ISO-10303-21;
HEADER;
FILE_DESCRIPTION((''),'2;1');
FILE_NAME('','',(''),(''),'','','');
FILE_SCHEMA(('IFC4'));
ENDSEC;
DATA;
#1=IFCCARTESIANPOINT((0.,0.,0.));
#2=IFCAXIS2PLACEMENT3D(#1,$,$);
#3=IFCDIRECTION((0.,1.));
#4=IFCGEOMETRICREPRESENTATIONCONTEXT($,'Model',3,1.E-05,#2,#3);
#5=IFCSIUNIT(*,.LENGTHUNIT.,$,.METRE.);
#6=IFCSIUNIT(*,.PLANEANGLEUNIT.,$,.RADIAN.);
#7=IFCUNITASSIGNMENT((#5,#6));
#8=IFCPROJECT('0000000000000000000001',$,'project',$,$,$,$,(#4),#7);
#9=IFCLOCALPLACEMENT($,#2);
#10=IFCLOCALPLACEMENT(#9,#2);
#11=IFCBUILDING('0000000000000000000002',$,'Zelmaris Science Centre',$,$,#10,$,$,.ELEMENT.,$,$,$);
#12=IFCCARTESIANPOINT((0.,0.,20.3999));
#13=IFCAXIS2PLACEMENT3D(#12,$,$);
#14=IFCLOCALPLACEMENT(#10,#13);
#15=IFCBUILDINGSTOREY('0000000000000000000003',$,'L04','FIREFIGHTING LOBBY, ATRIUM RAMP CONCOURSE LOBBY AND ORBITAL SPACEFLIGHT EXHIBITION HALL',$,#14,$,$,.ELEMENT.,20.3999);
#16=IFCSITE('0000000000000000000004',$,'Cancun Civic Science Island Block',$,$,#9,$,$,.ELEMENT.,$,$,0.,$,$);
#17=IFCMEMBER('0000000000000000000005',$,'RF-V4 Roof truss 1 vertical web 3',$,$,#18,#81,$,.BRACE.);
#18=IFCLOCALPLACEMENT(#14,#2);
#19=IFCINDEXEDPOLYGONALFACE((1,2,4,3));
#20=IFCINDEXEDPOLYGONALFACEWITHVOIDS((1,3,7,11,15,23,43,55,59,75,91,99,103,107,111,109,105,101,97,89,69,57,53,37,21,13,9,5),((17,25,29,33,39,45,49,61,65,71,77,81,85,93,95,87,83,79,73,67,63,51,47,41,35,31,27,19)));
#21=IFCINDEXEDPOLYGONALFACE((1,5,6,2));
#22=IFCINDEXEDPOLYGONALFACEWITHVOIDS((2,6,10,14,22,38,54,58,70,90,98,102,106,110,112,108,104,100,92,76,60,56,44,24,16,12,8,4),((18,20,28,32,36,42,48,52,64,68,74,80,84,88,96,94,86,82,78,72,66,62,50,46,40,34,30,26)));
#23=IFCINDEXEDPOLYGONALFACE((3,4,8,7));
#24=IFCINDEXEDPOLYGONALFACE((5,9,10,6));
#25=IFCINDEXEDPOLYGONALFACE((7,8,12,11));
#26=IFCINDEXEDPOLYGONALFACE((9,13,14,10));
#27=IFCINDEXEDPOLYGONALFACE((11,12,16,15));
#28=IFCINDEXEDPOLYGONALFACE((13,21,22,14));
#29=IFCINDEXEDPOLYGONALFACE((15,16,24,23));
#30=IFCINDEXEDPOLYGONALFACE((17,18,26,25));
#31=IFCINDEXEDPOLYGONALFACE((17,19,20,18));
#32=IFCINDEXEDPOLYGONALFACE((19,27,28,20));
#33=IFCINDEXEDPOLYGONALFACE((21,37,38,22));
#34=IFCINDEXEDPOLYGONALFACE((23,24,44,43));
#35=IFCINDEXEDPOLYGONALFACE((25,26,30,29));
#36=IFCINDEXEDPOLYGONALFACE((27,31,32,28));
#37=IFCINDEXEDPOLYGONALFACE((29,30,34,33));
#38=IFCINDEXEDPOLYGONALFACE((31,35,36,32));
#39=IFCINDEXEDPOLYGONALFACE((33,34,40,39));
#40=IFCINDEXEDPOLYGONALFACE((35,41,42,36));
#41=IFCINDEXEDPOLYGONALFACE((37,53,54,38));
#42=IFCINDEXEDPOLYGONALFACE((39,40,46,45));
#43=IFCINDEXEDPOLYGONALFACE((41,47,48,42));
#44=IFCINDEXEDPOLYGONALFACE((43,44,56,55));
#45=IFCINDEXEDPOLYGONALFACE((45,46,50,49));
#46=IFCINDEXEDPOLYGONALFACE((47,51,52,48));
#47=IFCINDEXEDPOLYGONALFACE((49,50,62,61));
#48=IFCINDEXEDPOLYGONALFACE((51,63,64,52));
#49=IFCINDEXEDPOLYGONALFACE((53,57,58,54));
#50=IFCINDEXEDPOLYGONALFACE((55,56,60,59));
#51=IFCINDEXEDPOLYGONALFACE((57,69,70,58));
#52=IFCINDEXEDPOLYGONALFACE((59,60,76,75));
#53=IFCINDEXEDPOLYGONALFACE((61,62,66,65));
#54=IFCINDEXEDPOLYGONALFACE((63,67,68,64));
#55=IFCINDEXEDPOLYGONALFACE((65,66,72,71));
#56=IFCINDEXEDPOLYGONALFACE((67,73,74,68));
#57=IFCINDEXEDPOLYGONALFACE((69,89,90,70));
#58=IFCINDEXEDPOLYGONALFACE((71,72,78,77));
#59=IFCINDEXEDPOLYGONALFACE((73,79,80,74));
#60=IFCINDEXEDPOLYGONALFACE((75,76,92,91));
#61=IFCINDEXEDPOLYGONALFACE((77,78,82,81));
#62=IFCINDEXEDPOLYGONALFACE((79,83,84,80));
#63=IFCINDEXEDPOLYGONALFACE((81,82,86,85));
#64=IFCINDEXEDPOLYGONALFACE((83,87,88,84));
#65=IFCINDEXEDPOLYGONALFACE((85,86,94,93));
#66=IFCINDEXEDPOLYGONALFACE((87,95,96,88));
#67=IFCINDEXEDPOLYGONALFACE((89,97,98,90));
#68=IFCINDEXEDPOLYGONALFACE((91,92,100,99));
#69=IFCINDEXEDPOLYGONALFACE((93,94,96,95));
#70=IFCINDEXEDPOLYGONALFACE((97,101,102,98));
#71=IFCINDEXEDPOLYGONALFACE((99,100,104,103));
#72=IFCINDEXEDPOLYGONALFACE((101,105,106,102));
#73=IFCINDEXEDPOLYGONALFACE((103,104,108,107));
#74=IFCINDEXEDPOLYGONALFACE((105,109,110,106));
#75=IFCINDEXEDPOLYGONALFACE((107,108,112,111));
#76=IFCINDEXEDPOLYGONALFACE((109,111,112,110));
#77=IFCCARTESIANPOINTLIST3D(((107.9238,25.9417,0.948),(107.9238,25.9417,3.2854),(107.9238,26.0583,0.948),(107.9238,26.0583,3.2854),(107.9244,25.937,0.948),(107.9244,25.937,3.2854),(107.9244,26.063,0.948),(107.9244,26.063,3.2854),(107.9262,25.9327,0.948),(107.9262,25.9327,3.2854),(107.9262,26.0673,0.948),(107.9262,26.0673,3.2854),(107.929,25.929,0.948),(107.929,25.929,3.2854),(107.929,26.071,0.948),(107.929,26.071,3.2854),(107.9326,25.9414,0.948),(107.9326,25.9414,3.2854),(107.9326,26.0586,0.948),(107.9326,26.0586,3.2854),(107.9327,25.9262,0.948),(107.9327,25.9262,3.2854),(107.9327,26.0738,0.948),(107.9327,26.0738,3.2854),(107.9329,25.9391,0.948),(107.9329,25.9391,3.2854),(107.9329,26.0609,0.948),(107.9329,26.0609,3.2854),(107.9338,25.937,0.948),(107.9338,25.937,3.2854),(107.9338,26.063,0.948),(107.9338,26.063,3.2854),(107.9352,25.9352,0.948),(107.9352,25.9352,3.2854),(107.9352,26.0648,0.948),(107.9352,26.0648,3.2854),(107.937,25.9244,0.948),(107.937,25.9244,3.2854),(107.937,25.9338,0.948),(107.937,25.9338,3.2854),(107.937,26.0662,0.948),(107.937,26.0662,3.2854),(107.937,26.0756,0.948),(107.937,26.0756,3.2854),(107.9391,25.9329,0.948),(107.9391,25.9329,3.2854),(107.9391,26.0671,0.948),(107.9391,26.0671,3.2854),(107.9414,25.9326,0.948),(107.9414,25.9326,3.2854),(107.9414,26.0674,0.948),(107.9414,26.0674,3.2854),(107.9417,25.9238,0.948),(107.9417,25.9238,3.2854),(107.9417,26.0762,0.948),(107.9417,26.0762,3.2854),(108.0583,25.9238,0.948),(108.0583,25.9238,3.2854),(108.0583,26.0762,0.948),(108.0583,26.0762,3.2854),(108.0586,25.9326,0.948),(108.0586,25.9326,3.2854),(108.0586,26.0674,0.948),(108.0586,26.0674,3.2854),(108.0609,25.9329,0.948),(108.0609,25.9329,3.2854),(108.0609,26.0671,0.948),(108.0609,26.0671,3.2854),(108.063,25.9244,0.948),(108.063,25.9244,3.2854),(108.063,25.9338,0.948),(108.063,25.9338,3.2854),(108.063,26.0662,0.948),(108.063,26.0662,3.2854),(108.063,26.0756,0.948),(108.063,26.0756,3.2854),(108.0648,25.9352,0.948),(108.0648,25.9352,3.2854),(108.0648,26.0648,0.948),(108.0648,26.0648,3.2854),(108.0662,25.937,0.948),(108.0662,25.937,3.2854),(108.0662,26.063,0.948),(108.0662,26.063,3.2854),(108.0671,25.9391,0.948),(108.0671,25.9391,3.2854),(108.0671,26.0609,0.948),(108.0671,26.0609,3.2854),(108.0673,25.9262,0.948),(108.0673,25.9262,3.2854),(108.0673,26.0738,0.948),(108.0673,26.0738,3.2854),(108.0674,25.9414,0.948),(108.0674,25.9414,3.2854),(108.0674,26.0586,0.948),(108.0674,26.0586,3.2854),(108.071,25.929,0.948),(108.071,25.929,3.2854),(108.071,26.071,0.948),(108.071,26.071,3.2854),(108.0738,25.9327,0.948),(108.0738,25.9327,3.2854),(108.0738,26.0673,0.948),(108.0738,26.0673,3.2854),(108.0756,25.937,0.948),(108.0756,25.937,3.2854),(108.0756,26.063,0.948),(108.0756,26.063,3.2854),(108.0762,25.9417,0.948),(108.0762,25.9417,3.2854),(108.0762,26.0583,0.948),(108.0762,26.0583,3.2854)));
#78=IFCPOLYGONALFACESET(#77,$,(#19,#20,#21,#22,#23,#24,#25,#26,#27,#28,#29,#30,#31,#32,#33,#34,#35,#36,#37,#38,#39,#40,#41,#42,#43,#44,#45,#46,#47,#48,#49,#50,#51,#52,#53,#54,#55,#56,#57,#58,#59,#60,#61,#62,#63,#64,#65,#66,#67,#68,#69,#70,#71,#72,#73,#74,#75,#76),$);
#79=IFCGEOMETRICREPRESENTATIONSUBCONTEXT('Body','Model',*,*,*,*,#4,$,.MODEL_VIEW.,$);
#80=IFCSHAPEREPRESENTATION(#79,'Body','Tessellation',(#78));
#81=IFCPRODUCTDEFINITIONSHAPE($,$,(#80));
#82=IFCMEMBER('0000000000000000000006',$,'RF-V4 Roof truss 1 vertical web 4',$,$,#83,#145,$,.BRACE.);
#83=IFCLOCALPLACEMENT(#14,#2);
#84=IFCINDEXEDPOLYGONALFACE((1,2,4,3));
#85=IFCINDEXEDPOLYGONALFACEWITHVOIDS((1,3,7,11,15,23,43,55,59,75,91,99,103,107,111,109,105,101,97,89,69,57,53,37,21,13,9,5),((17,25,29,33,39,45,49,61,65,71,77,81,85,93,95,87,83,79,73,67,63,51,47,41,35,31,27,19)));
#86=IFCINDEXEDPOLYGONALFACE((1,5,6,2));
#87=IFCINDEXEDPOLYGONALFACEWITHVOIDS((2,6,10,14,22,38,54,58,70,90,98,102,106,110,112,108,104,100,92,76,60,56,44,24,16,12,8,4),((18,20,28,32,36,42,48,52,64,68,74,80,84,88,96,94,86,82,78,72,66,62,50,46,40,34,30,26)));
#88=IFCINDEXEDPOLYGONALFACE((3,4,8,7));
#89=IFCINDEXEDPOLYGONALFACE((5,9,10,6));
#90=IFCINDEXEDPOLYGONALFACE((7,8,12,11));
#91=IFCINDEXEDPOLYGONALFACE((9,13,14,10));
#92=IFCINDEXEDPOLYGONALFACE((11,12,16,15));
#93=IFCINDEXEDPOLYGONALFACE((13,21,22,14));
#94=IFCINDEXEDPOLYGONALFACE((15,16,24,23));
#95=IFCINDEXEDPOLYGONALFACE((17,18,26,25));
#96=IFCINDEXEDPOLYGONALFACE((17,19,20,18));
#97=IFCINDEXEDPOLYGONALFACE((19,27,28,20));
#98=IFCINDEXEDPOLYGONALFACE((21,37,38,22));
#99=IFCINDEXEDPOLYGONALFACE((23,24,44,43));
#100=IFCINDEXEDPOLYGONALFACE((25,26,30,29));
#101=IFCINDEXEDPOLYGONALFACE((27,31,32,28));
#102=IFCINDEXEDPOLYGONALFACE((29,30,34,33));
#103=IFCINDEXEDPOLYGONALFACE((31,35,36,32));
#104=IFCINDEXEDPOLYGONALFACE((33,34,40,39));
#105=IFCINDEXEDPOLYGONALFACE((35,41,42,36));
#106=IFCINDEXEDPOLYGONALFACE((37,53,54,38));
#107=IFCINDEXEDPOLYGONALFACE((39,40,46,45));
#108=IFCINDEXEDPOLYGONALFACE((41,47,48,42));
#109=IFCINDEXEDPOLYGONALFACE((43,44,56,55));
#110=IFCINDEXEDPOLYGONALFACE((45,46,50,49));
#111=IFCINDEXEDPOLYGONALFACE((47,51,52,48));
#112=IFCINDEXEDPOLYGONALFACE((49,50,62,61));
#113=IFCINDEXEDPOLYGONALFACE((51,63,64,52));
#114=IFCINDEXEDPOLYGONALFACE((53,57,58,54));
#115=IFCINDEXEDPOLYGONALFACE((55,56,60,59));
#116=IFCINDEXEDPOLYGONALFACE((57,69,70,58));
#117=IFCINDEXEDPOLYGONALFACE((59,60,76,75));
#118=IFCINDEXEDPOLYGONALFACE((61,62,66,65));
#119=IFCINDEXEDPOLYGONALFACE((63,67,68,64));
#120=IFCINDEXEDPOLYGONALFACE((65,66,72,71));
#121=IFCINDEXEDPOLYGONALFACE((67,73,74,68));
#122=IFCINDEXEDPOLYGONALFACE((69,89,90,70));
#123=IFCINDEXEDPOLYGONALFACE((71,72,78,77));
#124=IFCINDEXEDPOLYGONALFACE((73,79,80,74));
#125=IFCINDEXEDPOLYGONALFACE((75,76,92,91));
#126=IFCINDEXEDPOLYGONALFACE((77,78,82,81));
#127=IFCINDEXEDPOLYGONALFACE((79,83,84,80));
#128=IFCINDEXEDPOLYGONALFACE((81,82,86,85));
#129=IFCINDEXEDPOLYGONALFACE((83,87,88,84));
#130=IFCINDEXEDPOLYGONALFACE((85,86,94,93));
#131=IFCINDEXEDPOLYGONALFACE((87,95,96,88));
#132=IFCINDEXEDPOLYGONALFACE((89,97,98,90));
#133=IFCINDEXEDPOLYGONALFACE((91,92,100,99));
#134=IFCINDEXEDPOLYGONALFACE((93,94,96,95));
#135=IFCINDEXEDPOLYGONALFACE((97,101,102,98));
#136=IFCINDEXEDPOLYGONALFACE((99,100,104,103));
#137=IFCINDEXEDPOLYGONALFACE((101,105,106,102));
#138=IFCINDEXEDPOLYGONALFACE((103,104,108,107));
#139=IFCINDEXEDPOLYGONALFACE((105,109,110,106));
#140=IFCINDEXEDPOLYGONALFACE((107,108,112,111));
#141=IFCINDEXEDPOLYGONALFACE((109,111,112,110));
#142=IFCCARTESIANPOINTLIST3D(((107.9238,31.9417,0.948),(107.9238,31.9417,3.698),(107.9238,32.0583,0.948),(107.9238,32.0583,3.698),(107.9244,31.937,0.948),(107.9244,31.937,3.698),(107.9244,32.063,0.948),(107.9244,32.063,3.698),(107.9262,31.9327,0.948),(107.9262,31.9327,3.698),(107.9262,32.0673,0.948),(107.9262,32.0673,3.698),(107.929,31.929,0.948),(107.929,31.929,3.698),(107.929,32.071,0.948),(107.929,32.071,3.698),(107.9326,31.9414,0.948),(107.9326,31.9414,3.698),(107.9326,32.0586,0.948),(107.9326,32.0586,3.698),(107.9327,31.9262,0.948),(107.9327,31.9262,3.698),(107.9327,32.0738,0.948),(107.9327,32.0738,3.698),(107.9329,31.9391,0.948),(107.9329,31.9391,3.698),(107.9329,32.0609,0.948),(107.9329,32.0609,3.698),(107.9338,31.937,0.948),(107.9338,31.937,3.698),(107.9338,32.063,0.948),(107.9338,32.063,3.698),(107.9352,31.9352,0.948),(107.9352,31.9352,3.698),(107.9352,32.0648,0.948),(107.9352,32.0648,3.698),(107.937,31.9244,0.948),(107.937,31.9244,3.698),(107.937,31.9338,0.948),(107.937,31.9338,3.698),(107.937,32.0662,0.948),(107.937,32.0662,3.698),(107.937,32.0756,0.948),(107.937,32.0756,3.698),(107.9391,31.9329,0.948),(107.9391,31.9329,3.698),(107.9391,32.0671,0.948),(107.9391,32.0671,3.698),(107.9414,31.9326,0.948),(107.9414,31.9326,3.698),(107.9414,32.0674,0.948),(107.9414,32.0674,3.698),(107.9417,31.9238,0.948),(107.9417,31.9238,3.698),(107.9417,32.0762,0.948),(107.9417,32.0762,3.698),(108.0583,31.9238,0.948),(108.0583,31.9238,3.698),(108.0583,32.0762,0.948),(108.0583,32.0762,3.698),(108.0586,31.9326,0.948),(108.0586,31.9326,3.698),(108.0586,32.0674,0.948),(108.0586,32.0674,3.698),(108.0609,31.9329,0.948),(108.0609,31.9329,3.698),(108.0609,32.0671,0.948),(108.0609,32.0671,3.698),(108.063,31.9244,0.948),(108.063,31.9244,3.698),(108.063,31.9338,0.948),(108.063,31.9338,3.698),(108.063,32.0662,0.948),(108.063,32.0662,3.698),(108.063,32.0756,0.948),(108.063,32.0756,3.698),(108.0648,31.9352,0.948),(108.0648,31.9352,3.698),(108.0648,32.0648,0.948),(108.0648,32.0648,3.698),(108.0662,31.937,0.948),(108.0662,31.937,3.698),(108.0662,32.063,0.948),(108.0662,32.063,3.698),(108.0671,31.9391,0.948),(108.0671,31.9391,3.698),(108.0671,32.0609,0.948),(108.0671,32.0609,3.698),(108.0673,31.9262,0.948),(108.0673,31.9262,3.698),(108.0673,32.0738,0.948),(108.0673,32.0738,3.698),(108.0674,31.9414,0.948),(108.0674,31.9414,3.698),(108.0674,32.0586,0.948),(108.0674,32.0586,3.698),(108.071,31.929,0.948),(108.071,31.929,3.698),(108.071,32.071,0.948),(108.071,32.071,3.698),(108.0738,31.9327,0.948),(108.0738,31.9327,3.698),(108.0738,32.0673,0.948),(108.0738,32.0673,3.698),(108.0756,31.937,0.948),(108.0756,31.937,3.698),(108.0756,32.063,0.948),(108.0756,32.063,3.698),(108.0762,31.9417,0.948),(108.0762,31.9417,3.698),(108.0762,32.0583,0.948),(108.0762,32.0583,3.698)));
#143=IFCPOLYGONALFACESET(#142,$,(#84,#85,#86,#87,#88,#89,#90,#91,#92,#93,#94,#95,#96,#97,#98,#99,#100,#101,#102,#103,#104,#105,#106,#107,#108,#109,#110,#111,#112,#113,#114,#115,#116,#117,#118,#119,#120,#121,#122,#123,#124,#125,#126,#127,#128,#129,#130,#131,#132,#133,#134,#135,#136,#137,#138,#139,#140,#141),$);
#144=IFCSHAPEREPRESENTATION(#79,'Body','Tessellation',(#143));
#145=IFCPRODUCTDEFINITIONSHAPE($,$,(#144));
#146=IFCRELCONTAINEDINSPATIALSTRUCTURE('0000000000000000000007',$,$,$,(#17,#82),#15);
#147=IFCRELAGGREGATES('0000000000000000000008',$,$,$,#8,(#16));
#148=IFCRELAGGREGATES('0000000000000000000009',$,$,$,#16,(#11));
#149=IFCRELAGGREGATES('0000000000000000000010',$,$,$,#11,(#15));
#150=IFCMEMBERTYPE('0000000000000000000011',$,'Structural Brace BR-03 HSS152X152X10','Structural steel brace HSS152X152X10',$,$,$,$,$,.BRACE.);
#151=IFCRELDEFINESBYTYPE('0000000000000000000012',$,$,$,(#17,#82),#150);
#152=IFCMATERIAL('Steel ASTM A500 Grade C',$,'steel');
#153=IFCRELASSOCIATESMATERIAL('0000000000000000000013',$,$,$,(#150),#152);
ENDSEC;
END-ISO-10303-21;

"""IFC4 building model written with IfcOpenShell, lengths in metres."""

from ifc_helpers import new_model, si_unit, direction, frame, origin, origin_2d, place, context, subcontext, project, spatial, hollow_rectangle, extrude, material, material_profile, profile_set, type_object, element, save


model = new_model("IFC4")

# Units and contexts
model_context = context("Model", 3, precision=1e-05, world=origin(), true_north=direction((0.0, 1.0)))
body_context = subcontext(model_context, "Body", "Model", "MODEL_VIEW")
ifc_project = project(units=[si_unit("LENGTHUNIT", "METRE"), si_unit("PLANEANGLEUNIT", "RADIAN")], contexts=[model_context])

# Site, building, storey
site_placement = place(None, origin())
site = spatial("IfcSite", under=ifc_project, at=site_placement, Name="Cancun Civic Science Island Block", CompositionType="ELEMENT", RefElevation=0.0)
building_placement = place(site_placement, origin())
building = spatial("IfcBuilding", under=site, at=building_placement, Name="Zelmaris Science Centre", CompositionType="ELEMENT")
storey_placement = place(building_placement, frame((0.0, 0.0, 20.3999)))
storey = spatial("IfcBuildingStorey", under=building, at=storey_placement, Name="L04", Description="FIREFIGHTING LOBBY, ATRIUM RAMP CONCOURSE LOBBY AND ORBITAL SPACEFLIGHT EXHIBITION HALL", CompositionType="ELEMENT", Elevation=20.3999)

# Shared definitions
ifc_material_1 = material(Name="Steel ASTM A500 Grade C", Category="steel")

# Members
ifc_material_profile_1 = material_profile(ifc_material_1, hollow_rectangle(XDim=0.1523, YDim=0.1523, WallThickness=0.0088, InnerFilletRadius=0.0088, OuterFilletRadius=0.0178, at=origin_2d()), Name="HSS152X152X10")
ifc_profile_set_1 = profile_set([ifc_material_profile_1], Name="Steel ASTM A500 Grade C")
member_type_1 = type_object("IfcMemberType", Name="Structural Brace BR-03 HSS152X152X10", Description="Structural steel brace HSS152X152X10", PredefinedType="BRACE", material=ifc_profile_set_1)
member_1_placement = place(storey_placement, frame((108.0, 26.0, 0.948), z_axis=(0.0, 0.0, 1.0), x_axis=(1.0, 0.0, 0.0)))
element("IfcMember", 1, at=member_1_placement, inside=storey, type_object=member_type_1, Name="RF-V4 Roof truss 1 vertical web 3", PredefinedType="BRACE", context=body_context, shape_type="SweptSolid", body=[
    extrude(hollow_rectangle(XDim=0.1523, YDim=0.1523, WallThickness=0.0088, InnerFilletRadius=0.0088, OuterFilletRadius=0.0178, at=origin_2d()), origin(), (0.0, 0.0, 1.0), 2.3374),
])
member_2_placement = place(storey_placement, frame((108.0, 32.0, 0.948), z_axis=(0.0, 0.0, 1.0), x_axis=(1.0, 0.0, 0.0)))
element("IfcMember", 2, at=member_2_placement, inside=storey, type_object=member_type_1, Name="RF-V4 Roof truss 1 vertical web 4", PredefinedType="BRACE", context=body_context, shape_type="SweptSolid", body=[
    extrude(hollow_rectangle(XDim=0.1523, YDim=0.1523, WallThickness=0.0088, InnerFilletRadius=0.0088, OuterFilletRadius=0.0178, at=origin_2d()), origin(), (0.0, 0.0, 1.0), 2.75),
])

save(model, "model.ifc")
